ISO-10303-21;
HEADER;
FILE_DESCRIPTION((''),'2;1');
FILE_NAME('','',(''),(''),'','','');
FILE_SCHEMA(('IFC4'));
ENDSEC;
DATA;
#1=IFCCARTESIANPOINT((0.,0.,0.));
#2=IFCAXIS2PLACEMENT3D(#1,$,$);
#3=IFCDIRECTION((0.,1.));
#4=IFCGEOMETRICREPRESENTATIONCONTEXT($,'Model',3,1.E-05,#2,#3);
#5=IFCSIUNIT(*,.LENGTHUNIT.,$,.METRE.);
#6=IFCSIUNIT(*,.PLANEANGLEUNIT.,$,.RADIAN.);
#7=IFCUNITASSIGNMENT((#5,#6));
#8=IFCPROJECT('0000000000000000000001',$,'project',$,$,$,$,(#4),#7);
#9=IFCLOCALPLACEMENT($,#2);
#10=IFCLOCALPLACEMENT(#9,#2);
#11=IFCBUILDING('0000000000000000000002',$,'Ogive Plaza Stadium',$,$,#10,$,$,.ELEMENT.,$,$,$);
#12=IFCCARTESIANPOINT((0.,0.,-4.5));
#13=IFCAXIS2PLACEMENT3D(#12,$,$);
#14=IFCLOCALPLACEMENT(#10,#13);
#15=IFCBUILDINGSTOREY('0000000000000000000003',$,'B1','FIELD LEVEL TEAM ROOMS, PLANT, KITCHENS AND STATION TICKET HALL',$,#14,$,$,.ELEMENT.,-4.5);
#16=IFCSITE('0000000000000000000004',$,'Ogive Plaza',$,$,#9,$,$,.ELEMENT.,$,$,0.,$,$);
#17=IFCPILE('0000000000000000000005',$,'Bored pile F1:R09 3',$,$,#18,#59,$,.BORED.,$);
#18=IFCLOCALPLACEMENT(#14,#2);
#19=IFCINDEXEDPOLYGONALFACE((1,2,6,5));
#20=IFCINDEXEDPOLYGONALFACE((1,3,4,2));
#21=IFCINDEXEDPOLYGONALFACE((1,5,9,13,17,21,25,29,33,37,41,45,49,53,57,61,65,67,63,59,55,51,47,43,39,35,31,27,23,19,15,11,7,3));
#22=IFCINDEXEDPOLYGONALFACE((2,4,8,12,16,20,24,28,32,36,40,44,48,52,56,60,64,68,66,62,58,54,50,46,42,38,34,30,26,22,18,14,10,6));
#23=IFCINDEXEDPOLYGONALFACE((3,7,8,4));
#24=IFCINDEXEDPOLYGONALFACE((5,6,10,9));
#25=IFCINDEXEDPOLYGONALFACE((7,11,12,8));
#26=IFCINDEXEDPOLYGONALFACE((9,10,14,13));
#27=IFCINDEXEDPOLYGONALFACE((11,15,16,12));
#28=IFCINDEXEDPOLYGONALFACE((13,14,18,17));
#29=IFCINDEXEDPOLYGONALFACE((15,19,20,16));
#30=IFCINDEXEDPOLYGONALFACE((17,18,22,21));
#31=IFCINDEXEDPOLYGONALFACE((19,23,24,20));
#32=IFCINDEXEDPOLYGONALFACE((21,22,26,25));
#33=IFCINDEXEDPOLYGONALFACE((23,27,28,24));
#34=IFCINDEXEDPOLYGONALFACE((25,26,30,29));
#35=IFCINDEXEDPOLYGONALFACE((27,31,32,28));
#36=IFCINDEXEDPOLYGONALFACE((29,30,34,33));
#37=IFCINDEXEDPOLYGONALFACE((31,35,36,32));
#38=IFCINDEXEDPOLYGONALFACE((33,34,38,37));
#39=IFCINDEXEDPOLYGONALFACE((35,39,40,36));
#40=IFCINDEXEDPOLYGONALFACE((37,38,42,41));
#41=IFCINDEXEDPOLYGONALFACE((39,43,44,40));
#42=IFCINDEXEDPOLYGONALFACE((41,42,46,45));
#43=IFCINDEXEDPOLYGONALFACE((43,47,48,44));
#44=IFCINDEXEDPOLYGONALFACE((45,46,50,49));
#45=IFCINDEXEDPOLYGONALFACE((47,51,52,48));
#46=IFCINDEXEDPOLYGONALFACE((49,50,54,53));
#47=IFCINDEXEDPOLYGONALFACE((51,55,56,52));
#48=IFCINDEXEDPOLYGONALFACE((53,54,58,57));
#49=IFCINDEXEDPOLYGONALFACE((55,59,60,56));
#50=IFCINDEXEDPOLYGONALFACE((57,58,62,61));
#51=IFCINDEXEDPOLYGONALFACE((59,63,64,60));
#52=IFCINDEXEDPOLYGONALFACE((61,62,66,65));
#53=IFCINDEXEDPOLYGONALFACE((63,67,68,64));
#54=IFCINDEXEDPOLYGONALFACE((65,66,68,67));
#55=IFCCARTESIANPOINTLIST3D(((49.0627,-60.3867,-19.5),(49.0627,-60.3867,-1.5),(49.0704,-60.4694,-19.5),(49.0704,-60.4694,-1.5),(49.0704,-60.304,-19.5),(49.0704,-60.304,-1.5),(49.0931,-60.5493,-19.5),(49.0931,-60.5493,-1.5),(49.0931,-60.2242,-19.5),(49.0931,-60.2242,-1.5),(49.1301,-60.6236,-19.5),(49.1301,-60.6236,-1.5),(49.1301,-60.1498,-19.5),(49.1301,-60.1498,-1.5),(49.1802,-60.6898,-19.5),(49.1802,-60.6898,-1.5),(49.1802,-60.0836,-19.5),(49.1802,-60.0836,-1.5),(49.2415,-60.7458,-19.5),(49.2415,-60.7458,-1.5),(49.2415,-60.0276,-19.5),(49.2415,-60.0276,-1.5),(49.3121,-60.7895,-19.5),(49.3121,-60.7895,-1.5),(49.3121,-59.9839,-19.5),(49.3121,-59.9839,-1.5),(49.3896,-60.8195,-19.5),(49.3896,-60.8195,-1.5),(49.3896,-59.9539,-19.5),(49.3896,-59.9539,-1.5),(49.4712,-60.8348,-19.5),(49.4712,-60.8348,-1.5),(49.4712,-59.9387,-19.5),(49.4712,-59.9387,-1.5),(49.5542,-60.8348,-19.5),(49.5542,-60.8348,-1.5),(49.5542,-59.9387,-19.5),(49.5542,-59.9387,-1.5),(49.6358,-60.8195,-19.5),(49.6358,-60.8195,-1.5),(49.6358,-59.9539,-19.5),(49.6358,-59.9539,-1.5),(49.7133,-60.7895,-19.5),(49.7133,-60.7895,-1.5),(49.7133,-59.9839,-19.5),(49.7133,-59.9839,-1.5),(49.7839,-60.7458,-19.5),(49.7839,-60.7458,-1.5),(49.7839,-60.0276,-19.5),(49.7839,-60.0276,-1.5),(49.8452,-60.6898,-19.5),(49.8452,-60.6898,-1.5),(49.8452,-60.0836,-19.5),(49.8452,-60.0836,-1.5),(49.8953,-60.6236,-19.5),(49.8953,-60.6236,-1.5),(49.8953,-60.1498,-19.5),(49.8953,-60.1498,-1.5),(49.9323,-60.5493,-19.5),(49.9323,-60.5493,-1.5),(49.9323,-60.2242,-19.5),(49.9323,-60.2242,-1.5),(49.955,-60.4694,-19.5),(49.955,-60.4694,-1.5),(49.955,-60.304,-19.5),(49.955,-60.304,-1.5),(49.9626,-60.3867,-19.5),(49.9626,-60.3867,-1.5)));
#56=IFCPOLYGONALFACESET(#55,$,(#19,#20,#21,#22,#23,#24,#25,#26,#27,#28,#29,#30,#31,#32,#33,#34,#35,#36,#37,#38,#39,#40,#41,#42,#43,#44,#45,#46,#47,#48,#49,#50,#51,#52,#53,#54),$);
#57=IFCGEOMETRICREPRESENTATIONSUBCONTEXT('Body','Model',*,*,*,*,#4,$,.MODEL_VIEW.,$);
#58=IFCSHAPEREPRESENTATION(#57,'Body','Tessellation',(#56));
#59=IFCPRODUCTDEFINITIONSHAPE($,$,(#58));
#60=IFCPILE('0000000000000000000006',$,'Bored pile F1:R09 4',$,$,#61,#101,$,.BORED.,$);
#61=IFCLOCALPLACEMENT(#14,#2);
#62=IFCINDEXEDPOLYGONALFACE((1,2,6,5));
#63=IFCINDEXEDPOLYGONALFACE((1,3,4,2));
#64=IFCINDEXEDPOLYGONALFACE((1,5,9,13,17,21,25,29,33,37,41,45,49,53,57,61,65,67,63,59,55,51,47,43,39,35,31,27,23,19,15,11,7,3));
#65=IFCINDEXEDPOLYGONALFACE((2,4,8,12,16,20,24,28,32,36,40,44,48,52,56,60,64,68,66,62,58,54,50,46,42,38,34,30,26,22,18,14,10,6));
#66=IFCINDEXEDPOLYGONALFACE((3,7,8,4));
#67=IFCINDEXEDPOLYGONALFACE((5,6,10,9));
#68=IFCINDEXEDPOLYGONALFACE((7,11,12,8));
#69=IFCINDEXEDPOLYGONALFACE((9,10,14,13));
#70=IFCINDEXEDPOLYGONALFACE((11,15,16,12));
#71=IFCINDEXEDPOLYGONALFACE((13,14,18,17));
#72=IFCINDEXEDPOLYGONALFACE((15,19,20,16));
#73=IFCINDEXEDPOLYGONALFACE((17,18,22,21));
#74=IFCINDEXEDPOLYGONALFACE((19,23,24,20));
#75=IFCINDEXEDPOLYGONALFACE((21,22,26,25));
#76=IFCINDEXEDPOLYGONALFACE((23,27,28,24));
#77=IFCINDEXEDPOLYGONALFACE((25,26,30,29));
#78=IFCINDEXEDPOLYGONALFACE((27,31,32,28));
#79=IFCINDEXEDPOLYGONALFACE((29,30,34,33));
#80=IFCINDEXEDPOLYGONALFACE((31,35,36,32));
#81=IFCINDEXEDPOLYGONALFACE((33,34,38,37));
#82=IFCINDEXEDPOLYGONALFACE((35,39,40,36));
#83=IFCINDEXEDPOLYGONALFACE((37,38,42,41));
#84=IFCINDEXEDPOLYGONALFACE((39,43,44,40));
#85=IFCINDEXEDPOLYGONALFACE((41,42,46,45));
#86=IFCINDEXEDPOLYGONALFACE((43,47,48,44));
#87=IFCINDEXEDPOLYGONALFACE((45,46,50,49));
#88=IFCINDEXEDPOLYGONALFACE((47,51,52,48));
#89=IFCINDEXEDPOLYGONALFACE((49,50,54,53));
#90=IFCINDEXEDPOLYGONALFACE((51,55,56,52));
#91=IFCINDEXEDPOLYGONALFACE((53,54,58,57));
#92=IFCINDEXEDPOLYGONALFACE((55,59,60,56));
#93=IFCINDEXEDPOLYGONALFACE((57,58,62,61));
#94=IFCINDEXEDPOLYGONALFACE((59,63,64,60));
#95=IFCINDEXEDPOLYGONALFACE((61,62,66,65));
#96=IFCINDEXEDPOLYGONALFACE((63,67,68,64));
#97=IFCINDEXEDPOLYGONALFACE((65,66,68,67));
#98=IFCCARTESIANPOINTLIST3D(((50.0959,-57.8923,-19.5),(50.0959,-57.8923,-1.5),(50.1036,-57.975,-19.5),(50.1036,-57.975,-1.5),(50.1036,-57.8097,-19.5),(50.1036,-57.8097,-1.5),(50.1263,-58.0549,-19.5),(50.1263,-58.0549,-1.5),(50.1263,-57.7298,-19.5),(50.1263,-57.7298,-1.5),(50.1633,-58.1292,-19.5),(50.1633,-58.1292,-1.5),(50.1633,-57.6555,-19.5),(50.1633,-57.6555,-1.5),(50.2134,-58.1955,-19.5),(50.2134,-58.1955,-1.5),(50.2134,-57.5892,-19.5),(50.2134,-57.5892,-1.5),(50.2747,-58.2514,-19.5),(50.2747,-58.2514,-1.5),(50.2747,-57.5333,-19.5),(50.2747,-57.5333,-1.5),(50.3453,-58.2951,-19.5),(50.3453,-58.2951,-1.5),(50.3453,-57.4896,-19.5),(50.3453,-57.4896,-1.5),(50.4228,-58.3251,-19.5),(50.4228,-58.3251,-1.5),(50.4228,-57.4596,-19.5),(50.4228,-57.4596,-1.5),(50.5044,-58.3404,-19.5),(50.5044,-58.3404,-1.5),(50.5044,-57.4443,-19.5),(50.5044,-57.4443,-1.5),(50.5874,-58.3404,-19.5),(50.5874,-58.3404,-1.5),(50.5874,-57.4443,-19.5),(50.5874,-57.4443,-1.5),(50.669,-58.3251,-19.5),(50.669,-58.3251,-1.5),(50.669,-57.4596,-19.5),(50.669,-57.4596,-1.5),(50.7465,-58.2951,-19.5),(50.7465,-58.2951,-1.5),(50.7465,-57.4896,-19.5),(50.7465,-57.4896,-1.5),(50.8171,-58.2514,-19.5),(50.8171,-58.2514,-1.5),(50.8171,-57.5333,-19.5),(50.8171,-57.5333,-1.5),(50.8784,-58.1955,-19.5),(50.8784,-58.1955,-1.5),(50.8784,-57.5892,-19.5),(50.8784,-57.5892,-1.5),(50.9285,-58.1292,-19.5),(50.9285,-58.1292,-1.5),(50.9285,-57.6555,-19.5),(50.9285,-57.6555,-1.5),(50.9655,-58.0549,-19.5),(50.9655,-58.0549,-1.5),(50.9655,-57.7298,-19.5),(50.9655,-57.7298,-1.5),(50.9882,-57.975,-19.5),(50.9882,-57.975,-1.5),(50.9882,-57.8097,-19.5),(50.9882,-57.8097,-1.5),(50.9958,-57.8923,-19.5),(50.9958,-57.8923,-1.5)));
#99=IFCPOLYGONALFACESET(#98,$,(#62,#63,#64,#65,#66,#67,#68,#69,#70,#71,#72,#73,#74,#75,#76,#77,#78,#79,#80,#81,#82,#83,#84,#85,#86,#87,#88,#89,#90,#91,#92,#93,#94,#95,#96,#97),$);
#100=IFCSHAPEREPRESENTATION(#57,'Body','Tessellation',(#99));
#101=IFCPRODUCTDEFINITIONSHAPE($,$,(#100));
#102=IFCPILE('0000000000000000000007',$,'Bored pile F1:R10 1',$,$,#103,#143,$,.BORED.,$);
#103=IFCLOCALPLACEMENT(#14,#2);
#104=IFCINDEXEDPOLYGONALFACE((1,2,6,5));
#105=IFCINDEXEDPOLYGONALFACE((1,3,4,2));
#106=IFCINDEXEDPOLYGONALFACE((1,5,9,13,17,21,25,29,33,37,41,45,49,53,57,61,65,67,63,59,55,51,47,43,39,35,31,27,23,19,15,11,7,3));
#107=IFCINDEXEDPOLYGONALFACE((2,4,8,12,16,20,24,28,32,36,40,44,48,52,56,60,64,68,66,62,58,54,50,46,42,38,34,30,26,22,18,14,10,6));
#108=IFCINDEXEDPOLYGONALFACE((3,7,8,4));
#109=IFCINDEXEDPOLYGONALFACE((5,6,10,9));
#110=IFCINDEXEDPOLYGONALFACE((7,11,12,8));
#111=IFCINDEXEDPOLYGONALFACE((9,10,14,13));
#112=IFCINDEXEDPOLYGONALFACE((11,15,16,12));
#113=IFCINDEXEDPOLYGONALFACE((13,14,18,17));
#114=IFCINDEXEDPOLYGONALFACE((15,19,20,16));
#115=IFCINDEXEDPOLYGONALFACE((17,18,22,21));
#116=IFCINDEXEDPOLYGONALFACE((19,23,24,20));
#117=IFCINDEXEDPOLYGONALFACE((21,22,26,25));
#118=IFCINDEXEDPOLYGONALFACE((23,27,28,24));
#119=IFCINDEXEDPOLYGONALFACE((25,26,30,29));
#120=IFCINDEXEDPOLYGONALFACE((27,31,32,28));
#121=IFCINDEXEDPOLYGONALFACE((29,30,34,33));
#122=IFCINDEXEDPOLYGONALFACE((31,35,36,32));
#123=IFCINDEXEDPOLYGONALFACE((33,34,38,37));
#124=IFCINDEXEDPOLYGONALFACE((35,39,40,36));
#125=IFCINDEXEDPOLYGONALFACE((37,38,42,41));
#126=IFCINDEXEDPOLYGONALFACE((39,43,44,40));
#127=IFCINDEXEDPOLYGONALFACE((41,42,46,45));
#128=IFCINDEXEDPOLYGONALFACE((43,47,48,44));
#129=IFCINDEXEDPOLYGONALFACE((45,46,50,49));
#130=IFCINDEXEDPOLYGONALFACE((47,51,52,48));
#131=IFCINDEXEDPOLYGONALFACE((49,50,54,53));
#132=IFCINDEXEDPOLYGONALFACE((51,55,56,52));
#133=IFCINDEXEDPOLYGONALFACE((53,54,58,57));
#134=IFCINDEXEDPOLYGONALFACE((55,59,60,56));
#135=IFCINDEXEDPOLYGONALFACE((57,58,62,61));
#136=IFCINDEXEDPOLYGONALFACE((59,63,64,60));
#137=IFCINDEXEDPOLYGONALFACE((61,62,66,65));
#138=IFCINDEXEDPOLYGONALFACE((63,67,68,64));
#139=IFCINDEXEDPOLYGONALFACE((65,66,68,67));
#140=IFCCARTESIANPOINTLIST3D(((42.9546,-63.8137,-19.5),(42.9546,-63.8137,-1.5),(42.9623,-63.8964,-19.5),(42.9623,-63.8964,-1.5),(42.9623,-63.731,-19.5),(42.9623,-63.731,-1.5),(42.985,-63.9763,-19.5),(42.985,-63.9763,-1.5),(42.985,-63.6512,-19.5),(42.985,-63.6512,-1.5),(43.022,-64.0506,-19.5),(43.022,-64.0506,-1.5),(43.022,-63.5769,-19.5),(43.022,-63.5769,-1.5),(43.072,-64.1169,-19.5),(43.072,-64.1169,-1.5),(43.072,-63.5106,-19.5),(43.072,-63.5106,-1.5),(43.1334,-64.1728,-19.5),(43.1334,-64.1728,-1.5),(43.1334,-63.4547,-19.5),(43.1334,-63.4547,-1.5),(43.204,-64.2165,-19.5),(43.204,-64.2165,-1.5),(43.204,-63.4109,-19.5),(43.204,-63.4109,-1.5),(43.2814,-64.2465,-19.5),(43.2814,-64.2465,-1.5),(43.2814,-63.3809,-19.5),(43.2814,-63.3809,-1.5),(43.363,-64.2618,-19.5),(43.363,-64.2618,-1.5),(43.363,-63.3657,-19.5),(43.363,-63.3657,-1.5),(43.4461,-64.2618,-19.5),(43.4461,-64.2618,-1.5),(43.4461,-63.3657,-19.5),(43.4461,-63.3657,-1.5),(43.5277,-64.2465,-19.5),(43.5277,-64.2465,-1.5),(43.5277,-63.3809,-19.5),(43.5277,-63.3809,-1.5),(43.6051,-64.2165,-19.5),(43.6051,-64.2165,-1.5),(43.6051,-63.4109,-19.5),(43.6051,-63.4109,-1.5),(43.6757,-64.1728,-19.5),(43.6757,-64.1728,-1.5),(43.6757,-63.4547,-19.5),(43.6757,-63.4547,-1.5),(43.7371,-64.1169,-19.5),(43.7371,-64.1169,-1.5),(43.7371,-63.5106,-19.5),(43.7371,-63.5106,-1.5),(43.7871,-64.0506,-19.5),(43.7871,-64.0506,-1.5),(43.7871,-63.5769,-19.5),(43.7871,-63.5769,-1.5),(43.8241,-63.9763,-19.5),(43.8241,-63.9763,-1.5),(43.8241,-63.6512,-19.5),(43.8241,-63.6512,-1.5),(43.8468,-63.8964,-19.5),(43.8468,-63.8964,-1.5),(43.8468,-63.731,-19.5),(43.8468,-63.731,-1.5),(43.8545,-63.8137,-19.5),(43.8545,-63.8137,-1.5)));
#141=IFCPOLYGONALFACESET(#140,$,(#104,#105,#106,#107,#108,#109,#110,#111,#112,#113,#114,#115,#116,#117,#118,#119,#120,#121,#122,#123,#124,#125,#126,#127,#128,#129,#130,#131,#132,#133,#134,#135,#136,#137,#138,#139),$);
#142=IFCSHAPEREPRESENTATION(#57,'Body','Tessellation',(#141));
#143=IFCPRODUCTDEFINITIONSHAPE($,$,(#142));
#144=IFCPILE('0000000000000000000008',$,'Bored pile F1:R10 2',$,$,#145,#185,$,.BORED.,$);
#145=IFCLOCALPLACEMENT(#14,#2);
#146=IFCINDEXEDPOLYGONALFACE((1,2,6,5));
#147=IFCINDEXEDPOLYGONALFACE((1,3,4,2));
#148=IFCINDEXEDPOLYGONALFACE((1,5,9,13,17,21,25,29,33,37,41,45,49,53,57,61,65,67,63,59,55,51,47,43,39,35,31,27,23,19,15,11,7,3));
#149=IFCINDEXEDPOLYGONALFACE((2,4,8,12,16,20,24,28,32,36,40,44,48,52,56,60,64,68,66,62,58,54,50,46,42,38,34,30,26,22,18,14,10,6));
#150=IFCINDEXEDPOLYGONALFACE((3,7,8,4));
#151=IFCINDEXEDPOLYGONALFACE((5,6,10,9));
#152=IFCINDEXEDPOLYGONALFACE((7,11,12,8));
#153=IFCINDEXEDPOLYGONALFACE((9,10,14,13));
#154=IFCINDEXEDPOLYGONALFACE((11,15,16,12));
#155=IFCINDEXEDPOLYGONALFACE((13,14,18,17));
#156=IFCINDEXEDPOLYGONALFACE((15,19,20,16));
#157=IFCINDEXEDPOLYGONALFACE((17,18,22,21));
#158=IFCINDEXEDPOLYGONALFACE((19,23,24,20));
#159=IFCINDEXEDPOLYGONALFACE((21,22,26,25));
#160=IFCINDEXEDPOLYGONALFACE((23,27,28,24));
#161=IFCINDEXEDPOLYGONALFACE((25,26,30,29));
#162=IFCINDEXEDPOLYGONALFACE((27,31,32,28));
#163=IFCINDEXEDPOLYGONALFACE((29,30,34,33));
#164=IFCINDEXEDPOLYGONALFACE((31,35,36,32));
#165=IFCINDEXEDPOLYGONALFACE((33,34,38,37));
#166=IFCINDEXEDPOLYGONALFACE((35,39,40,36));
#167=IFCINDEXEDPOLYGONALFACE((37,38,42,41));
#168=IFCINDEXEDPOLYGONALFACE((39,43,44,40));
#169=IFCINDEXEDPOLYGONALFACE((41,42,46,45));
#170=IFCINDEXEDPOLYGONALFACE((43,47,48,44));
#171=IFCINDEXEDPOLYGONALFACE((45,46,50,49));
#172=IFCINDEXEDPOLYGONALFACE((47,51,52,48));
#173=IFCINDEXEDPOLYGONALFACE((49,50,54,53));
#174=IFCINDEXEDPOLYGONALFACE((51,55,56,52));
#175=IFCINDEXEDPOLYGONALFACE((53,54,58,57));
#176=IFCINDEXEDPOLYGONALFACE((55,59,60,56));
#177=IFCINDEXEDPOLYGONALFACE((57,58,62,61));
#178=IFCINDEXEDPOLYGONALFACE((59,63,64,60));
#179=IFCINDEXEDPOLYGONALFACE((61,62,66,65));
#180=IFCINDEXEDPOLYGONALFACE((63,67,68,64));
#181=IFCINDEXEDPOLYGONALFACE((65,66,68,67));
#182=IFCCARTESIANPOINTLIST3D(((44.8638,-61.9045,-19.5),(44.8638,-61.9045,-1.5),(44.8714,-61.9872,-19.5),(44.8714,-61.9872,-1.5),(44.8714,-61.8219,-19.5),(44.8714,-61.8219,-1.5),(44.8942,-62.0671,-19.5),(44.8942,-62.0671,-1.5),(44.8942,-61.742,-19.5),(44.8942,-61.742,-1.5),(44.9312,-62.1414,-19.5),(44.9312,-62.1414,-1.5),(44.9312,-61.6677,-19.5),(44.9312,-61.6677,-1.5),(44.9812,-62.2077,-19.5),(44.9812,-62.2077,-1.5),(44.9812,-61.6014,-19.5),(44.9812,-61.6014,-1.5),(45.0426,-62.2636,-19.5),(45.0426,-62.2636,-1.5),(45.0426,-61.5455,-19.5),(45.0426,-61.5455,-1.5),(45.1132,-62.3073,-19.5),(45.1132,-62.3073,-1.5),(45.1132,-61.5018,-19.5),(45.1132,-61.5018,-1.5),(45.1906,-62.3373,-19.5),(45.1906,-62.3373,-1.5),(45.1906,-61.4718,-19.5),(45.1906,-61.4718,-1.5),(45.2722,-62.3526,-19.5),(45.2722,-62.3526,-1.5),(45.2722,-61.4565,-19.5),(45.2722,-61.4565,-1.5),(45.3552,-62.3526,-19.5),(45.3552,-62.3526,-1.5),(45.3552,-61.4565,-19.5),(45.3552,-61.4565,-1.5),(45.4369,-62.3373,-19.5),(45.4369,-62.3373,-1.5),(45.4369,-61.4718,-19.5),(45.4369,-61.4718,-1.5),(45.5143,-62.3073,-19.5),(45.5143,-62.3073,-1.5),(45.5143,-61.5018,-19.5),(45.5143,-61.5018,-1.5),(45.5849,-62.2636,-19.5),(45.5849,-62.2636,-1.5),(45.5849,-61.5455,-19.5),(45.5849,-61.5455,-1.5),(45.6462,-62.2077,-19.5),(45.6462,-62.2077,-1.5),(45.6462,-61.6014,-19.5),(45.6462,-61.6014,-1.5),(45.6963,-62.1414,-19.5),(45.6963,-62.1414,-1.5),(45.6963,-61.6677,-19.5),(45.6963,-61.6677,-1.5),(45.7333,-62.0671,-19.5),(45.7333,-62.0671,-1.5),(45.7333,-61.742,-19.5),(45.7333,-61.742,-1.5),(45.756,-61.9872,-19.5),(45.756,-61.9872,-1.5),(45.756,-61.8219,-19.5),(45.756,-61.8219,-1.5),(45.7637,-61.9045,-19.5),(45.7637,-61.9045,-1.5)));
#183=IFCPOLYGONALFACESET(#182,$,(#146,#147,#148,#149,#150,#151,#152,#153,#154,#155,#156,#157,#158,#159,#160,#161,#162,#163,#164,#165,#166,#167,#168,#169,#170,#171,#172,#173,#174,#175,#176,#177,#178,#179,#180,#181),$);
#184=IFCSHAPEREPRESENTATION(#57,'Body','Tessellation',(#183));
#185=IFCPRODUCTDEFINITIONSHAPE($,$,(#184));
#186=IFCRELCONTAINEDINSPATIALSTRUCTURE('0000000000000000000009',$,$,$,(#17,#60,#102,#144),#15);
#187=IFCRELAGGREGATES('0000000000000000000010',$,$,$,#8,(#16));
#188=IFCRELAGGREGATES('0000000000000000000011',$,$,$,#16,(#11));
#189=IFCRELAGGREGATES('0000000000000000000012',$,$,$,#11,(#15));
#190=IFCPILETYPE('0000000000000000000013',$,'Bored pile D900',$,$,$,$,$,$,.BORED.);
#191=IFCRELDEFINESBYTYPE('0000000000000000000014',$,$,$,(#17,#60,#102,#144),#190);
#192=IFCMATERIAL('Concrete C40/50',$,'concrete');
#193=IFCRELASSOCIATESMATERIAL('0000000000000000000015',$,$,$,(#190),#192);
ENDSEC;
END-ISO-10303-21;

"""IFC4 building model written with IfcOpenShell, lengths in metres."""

from ifc_helpers import new_model, si_unit, direction, frame, origin, origin_2d, place, context, subcontext, project, spatial, circle, extrude, material, material_profile, profile_set, type_object, element, save


model = new_model("IFC4")

# Units and contexts
model_context = context("Model", 3, precision=1e-05, world=origin(), true_north=direction((0.0, 1.0)))
body_context = subcontext(model_context, "Body", "Model", "MODEL_VIEW")
ifc_project = project(units=[si_unit("LENGTHUNIT", "METRE"), si_unit("PLANEANGLEUNIT", "RADIAN")], contexts=[model_context])

# Site, building, storey
site_placement = place(None, origin())
site = spatial("IfcSite", under=ifc_project, at=site_placement, Name="Ogive Plaza", CompositionType="ELEMENT", RefElevation=0.0)
building_placement = place(site_placement, origin())
building = spatial("IfcBuilding", under=site, at=building_placement, Name="Ogive Plaza Stadium", CompositionType="ELEMENT")
storey_placement = place(building_placement, frame((0.0, 0.0, -4.5)))
storey = spatial("IfcBuildingStorey", under=building, at=storey_placement, Name="B1", Description="FIELD LEVEL TEAM ROOMS, PLANT, KITCHENS AND STATION TICKET HALL", CompositionType="ELEMENT", Elevation=-4.5)

# Piles
ifc_material_1 = material(Name="Concrete C40/50", Category="concrete")
ifc_material_profile_1 = material_profile(ifc_material_1, circle(Radius=0.45, at=origin_2d()), Name="RC D900")
ifc_profile_set_1 = profile_set([ifc_material_profile_1], Name="Concrete C40/50")
pile_type = type_object("IfcPileType", Name="Bored pile D900", PredefinedType="BORED", material=ifc_profile_set_1)
for number, where, z_axis, x_axis, name in (
    (1, (49.5127, -60.3867, -1.5), (0.0, 0.0, -1.0), (1.0, 0.0, 0.0), "Bored pile F1:R09 3"),
    (2, (50.5459, -57.8923, -1.5), (0.0, 0.0, -1.0), (1.0, 0.0, 0.0), "Bored pile F1:R09 4"),
    (3, (43.4045, -63.8137, -1.5), (0.0, 0.0, -1.0), (1.0, 0.0, 0.0), "Bored pile F1:R10 1"),
    (4, (45.3137, -61.9045, -1.5), (0.0, 0.0, -1.0), (1.0, 0.0, 0.0), "Bored pile F1:R10 2"),
):
    element("IfcPile", number, at=place(storey_placement, frame(where, z_axis=z_axis, x_axis=x_axis)), inside=storey, type_object=pile_type, Name=name, PredefinedType="BORED", context=body_context, shape_type="SweptSolid", body=[
        extrude(circle(Radius=0.45, at=origin_2d()), origin(), (0.0, 0.0, 1.0), 18.0),
    ])

save(model, "model.ifc")
